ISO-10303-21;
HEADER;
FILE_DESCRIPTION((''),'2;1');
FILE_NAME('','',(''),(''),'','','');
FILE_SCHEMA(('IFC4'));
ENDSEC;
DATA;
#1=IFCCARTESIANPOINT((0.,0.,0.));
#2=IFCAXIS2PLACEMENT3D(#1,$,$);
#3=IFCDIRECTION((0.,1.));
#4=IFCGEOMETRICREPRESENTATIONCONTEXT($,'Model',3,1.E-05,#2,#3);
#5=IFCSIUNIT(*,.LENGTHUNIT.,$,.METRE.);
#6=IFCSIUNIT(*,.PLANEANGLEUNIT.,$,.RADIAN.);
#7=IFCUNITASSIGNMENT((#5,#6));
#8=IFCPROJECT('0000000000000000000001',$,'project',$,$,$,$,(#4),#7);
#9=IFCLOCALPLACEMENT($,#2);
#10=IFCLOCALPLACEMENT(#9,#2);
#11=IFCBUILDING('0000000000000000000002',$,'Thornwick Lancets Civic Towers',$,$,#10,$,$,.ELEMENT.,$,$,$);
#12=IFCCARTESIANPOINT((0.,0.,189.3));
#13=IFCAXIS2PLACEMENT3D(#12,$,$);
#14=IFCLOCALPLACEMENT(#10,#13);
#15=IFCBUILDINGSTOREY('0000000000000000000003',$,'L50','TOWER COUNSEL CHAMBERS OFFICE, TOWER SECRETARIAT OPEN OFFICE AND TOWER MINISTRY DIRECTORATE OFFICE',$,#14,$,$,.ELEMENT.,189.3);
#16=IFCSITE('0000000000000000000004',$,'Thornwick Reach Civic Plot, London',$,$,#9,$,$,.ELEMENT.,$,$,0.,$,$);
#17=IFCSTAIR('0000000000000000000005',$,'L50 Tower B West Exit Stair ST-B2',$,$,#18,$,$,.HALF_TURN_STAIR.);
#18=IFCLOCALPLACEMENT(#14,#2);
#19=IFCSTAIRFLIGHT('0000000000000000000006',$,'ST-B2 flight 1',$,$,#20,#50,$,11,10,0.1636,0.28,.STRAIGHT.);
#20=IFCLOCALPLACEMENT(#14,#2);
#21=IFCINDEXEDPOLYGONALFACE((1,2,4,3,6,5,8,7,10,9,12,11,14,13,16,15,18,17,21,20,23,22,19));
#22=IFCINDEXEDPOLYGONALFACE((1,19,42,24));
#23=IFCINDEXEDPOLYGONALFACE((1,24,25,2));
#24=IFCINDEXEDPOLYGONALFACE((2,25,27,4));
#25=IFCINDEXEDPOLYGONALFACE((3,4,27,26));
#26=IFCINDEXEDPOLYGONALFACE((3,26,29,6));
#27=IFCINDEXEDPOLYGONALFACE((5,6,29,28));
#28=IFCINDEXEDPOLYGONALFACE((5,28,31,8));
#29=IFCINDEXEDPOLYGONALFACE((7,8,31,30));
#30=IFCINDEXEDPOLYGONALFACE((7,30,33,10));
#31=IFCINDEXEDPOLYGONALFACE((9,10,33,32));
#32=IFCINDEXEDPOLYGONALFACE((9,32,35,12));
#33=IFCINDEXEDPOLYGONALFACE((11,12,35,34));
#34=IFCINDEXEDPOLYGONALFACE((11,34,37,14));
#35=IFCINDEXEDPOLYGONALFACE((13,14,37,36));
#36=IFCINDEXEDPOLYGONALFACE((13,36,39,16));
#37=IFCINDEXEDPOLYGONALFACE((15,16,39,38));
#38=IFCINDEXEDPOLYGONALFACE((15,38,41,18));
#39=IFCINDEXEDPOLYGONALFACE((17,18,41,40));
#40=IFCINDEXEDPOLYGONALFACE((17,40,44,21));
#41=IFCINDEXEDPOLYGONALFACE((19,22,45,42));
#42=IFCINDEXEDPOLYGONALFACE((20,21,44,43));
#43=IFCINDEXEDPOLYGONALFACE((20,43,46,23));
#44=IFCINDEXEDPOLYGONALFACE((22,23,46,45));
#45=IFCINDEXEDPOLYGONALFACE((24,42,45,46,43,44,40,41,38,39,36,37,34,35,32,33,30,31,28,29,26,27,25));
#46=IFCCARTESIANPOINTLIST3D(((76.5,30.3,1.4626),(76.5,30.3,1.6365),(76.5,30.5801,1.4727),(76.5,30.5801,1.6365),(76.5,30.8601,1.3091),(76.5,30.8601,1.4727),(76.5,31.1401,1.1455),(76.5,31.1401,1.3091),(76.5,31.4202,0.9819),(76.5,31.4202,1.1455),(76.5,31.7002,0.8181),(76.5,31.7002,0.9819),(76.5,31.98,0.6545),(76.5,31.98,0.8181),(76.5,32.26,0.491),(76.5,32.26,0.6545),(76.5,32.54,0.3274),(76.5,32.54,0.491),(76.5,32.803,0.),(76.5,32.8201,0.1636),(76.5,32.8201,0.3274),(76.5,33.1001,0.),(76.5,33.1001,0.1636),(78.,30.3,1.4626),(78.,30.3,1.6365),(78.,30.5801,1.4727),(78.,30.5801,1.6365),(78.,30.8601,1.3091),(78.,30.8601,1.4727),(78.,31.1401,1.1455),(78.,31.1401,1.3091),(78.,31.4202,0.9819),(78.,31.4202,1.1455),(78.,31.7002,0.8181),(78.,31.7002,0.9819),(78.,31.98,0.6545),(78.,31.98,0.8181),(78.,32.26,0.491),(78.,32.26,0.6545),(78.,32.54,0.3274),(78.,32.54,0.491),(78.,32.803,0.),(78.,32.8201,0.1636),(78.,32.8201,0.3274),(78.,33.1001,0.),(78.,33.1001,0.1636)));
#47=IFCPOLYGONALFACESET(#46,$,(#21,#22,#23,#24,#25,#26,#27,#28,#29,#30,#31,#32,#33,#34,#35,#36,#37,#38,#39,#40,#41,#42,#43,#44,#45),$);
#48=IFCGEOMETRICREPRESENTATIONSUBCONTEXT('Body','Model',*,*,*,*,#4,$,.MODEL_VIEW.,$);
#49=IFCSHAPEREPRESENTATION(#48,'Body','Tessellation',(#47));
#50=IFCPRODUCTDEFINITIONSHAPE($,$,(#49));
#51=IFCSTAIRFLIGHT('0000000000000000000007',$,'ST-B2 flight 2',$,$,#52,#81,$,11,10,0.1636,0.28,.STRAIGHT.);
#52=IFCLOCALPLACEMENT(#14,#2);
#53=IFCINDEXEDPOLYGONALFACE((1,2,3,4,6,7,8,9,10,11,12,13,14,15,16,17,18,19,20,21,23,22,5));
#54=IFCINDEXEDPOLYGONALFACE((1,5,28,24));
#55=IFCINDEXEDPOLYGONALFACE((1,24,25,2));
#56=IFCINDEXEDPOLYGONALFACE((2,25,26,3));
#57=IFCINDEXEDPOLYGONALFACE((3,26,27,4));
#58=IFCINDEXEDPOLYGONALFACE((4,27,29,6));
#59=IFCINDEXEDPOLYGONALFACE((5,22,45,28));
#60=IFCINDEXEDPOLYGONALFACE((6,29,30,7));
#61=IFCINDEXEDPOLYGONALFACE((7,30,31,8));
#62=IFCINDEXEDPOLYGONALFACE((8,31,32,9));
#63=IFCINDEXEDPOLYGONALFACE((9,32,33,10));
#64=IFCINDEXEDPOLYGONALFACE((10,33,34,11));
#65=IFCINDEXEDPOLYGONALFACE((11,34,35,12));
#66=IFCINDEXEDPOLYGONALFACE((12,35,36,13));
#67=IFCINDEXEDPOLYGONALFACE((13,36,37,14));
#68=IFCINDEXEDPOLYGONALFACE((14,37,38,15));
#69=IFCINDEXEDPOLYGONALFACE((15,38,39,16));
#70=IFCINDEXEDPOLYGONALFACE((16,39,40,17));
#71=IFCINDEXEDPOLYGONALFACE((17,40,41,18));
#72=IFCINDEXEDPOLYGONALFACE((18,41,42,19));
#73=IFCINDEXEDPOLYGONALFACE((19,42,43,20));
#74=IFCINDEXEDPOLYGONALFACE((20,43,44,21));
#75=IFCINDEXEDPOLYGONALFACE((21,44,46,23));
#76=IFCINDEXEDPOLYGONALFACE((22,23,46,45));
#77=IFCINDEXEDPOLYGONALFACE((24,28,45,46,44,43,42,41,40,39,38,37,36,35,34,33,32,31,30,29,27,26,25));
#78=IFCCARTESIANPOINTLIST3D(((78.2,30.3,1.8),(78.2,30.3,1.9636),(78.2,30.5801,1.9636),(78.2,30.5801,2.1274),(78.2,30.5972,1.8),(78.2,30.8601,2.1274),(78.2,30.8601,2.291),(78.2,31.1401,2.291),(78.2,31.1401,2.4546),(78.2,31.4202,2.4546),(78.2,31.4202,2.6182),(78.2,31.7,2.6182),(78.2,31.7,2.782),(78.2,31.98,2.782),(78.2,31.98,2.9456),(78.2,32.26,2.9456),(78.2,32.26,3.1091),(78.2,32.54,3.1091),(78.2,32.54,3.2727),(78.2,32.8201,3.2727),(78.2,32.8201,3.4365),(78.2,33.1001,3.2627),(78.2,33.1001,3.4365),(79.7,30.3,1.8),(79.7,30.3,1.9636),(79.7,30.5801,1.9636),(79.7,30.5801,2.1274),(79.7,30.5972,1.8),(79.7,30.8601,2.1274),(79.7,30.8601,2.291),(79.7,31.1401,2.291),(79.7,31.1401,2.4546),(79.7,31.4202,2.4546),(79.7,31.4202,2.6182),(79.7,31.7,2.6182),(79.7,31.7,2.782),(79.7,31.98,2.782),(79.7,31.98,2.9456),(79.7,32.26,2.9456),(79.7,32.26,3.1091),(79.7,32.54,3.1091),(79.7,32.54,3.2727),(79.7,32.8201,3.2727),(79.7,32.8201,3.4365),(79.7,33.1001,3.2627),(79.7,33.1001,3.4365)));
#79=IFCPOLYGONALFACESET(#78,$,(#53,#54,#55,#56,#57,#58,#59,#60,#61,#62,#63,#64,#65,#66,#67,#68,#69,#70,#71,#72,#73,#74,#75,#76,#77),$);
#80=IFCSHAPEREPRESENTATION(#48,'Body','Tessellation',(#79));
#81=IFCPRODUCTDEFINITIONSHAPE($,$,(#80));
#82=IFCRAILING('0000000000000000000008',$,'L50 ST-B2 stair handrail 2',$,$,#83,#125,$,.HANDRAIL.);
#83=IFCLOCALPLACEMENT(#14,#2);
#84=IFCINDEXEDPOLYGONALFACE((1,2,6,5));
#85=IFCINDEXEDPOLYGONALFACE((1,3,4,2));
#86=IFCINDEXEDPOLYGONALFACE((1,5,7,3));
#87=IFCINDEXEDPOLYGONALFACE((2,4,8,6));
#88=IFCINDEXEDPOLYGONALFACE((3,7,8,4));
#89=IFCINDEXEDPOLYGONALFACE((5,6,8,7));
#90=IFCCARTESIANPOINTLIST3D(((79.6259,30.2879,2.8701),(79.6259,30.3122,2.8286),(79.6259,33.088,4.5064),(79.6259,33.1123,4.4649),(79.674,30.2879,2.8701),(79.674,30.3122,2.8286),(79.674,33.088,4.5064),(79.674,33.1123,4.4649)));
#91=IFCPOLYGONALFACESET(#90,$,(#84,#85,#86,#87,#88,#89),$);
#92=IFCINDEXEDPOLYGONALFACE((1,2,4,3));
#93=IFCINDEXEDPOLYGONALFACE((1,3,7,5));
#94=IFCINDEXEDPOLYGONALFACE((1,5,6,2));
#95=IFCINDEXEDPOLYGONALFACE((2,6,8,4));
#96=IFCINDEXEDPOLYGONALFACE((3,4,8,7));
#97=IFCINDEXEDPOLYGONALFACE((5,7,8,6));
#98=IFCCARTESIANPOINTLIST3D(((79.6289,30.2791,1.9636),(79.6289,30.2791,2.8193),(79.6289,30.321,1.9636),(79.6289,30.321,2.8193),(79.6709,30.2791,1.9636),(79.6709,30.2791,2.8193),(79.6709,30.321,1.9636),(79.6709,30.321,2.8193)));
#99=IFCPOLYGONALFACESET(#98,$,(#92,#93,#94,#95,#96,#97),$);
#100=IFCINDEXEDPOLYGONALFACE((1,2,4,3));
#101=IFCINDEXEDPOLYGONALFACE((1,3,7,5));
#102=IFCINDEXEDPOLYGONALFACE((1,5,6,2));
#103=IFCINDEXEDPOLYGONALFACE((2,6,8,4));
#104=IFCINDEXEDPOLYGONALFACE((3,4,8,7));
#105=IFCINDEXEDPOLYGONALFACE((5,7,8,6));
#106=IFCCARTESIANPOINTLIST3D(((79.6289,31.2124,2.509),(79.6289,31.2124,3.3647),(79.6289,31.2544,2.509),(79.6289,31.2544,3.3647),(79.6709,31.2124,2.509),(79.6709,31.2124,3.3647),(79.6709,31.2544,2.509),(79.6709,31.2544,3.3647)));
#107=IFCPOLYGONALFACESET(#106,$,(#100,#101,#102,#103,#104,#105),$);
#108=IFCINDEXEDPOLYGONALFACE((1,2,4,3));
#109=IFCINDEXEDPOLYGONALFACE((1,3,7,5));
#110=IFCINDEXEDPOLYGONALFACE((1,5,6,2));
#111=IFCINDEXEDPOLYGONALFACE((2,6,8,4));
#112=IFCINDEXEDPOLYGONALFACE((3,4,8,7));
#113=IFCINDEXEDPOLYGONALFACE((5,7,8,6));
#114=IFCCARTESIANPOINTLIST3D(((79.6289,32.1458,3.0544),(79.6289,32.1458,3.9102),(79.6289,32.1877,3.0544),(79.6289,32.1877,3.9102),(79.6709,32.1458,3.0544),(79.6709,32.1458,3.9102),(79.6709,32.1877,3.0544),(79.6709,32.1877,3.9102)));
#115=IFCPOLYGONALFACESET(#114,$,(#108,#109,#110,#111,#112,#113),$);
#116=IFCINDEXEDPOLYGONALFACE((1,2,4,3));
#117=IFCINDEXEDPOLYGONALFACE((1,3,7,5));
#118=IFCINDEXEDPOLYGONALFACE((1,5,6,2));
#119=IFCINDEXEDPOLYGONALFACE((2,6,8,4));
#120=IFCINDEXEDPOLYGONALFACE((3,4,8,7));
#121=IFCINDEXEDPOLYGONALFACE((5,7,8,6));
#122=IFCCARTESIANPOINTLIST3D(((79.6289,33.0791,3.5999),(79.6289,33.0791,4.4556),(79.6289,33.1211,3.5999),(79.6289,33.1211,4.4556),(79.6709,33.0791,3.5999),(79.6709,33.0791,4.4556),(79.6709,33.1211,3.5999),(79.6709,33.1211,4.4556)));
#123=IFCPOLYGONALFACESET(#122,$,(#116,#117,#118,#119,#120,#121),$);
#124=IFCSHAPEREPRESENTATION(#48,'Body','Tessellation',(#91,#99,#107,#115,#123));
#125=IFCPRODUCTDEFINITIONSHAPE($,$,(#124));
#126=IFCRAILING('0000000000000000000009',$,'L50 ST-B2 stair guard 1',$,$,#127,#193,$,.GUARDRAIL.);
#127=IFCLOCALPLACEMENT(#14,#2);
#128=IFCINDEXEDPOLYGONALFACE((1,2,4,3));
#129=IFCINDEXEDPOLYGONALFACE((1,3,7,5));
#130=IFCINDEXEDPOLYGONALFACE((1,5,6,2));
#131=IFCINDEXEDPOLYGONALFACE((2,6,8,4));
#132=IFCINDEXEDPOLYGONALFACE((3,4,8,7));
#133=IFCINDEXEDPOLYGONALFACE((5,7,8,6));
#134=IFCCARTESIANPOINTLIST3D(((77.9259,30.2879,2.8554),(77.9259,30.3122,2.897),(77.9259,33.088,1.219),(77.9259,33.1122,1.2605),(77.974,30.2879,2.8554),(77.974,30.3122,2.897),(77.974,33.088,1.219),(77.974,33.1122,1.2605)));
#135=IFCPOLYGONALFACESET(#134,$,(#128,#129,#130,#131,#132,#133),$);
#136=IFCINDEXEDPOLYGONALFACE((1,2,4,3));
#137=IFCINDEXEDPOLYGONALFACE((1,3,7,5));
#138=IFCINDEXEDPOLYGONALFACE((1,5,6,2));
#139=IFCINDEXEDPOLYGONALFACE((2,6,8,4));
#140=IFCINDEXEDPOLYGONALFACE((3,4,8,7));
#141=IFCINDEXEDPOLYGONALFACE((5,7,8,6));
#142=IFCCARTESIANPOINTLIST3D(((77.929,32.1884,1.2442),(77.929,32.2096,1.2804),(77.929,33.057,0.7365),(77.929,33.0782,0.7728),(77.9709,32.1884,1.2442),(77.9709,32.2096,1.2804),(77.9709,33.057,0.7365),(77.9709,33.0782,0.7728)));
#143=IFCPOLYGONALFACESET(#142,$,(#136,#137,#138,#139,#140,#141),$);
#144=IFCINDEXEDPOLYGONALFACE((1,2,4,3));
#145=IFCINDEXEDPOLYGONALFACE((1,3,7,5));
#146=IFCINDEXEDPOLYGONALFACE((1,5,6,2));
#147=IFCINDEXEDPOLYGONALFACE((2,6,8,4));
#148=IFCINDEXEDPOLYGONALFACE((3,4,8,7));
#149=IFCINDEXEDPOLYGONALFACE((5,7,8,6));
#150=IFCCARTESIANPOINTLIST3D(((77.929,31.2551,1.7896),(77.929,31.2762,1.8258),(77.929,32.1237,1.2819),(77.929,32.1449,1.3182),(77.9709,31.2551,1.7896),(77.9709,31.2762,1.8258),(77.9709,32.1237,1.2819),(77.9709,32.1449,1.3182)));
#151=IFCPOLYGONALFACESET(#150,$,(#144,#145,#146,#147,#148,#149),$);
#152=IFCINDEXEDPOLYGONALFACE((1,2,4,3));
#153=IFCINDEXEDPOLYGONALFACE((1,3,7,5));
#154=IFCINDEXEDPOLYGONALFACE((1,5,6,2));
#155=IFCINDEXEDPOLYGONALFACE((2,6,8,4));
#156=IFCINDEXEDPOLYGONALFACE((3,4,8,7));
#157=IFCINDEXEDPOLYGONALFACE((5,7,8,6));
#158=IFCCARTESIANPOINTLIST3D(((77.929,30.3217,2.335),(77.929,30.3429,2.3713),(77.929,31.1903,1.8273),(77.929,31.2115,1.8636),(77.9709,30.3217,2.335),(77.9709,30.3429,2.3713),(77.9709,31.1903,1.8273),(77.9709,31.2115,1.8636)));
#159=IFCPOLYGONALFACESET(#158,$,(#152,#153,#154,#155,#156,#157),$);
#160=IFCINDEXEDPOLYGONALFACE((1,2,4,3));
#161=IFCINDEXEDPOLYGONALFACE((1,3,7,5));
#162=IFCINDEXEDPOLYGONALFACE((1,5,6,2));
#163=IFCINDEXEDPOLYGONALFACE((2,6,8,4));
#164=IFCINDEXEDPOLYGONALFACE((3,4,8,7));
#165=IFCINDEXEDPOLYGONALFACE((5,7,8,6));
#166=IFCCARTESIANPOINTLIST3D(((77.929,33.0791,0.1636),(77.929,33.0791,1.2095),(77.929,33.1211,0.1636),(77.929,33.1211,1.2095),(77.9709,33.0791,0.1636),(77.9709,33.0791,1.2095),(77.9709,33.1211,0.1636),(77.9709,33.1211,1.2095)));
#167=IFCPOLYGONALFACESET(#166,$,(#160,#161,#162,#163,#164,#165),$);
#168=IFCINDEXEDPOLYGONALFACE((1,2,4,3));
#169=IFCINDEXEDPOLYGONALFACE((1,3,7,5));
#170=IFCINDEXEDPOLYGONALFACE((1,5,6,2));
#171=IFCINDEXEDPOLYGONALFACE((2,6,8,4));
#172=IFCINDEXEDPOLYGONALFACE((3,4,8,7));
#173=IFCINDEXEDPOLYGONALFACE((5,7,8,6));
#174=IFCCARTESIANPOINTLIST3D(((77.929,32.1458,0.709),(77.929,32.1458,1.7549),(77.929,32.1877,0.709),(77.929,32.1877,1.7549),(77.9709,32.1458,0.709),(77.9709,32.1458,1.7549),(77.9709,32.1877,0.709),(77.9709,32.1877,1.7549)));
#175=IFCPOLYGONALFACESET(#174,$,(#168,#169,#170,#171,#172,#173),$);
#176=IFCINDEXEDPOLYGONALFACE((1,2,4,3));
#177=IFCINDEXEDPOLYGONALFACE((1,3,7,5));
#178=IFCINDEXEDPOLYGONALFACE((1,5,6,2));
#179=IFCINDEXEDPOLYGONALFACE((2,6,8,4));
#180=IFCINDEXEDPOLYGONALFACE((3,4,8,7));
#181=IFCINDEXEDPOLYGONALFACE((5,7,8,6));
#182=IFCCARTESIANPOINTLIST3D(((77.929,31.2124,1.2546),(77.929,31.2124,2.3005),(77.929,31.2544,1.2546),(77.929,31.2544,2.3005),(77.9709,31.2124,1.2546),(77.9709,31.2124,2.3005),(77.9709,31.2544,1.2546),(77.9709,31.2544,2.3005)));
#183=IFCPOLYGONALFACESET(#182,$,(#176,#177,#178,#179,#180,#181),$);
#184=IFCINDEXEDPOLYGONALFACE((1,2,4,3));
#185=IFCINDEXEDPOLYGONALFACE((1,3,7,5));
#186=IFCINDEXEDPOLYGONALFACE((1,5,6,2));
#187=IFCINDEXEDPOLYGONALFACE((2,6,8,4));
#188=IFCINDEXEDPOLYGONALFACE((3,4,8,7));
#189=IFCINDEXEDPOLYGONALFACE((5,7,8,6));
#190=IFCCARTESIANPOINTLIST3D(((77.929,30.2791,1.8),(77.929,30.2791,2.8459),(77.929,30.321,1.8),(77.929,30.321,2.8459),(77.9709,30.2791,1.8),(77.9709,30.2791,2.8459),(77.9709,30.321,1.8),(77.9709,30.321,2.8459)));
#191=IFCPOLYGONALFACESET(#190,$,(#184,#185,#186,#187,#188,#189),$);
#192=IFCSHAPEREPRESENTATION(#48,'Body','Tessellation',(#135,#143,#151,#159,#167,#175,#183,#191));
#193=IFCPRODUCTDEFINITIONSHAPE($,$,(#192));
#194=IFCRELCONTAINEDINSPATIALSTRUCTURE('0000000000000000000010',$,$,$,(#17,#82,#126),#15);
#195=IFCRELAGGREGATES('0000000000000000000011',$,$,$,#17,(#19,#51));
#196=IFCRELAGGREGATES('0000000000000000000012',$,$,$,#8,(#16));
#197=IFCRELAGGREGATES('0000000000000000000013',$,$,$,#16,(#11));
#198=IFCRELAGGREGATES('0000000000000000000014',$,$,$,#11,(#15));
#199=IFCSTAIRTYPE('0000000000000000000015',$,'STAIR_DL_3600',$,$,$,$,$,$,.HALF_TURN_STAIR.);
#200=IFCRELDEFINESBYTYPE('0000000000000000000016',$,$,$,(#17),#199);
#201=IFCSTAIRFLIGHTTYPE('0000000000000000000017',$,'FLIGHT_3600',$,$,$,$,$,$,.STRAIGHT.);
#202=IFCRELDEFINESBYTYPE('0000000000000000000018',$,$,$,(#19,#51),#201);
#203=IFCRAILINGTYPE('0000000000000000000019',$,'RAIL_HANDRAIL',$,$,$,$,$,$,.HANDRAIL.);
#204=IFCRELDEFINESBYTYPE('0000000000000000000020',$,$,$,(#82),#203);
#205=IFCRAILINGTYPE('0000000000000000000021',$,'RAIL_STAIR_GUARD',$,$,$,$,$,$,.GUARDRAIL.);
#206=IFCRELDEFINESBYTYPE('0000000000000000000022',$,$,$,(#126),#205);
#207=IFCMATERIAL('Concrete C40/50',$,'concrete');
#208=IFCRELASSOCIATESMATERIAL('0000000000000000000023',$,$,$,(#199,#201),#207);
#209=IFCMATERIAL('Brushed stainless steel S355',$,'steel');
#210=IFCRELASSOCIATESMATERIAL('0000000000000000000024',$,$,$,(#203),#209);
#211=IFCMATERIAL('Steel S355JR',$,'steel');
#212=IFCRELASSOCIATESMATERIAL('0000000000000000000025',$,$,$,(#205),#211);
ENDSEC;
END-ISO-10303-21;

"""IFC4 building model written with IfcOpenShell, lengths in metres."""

from ifc_helpers import new_model, si_unit, direction, frame, origin, origin_2d, place, context, subcontext, project, spatial, polyline, rectangle, outline, extrude, material, type_object, element, aggregate, save


model = new_model("IFC4")

# Units and contexts
model_context = context("Model", 3, precision=1e-05, world=origin(), true_north=direction((0.0, 1.0)))
body_context = subcontext(model_context, "Body", "Model", "MODEL_VIEW")
ifc_project = project(units=[si_unit("LENGTHUNIT", "METRE"), si_unit("PLANEANGLEUNIT", "RADIAN")], contexts=[model_context])

# Site, building, storey
site_placement = place(None, origin())
site = spatial("IfcSite", under=ifc_project, at=site_placement, Name="Thornwick Reach Civic Plot, London", CompositionType="ELEMENT", RefElevation=0.0)
building_placement = place(site_placement, origin())
building = spatial("IfcBuilding", under=site, at=building_placement, Name="Thornwick Lancets Civic Towers", CompositionType="ELEMENT")
storey_placement = place(building_placement, frame((0.0, 0.0, 189.3)))
storey = spatial("IfcBuildingStorey", under=building, at=storey_placement, Name="L50", Description="TOWER COUNSEL CHAMBERS OFFICE, TOWER SECRETARIAT OPEN OFFICE AND TOWER MINISTRY DIRECTORATE OFFICE", CompositionType="ELEMENT", Elevation=189.3)

# Shared definitions
ifc_material_1 = material(Name="Concrete C40/50", Category="concrete")

# Stair, stair flights
stair_type = type_object("IfcStairType", Name="STAIR_DL_3600", PredefinedType="HALF_TURN_STAIR", material=ifc_material_1)
stair_placement = place(storey_placement, origin())
stair = element("IfcStair", 1, at=stair_placement, inside=storey, type_object=stair_type, Name="L50 Tower B West Exit Stair ST-B2", PredefinedType="HALF_TURN_STAIR")
stair_flight_type = type_object("IfcStairFlightType", Name="FLIGHT_3600", PredefinedType="STRAIGHT", material=ifc_material_1)
stair_flight_1_placement = place(storey_placement, frame((77.25, 33.1001, 0.0), z_axis=(0.0, 0.0, 1.0), x_axis=(0.0, -1.0, 0.0)))
stair_flight_1 = element("IfcStairFlight", 2, at=stair_flight_1_placement, type_object=stair_flight_type, Name="ST-B2 flight 1", NumberOfRisers=11, NumberOfTreads=10, PredefinedType="STRAIGHT", RiserHeight=0.1636, TreadLength=0.28, context=body_context, shape_type="SweptSolid", body=[
    extrude(outline(polyline([(0.0, 0.0), (0.0, 0.1636), (0.28, 0.1636), (0.28, 0.3274), (0.5601, 0.3274), (0.5601, 0.491), (0.8401, 0.491), (0.8401, 0.6545), (1.1201, 0.6545), (1.1201, 0.8181), (1.3999, 0.8181), (1.3999, 0.9819), (1.6799, 0.9819), (1.6799, 1.1455), (1.96, 1.1455), (1.96, 1.3091), (2.24, 1.3091), (2.24, 1.4727), (2.52, 1.4727), (2.52, 1.6365), (2.8, 1.6365), (2.8, 1.8), (2.8, 1.4626), (0.2971, 0.0), (0.0, 0.0)])), frame((0.0, 0.75, 0.0), z_axis=(0.0, -1.0, 0.0), x_axis=(1.0, 0.0, 0.0)), (0.0, 0.0, 1.0), 1.5),
])
stair_flight_2_placement = place(storey_placement, frame((78.95, 30.3, 1.8), z_axis=(0.0, 0.0, 1.0), x_axis=(0.0, 1.0, 0.0)))
stair_flight_2 = element("IfcStairFlight", 3, at=stair_flight_2_placement, type_object=stair_flight_type, Name="ST-B2 flight 2", NumberOfRisers=11, NumberOfTreads=10, PredefinedType="STRAIGHT", RiserHeight=0.1636, TreadLength=0.28, context=body_context, shape_type="SweptSolid", body=[
    extrude(outline(polyline([(0.0, 0.0), (0.0, 0.1636), (0.28, 0.1636), (0.28, 0.3274), (0.5601, 0.3274), (0.5601, 0.491), (0.8401, 0.491), (0.8401, 0.6545), (1.1201, 0.6545), (1.1201, 0.8181), (1.3999, 0.8181), (1.3999, 0.9819), (1.6799, 0.9819), (1.6799, 1.1455), (1.96, 1.1455), (1.96, 1.3091), (2.24, 1.3091), (2.24, 1.4727), (2.52, 1.4727), (2.52, 1.6365), (2.8, 1.6365), (2.8, 1.8), (2.8, 1.4626), (0.2971, 0.0), (0.0, 0.0)])), frame((0.0, 0.75, 0.0), z_axis=(0.0, -1.0, 0.0), x_axis=(1.0, 0.0, 0.0)), (0.0, 0.0, 1.0), 1.5),
])
aggregate(stair, [stair_flight_1, stair_flight_2])

# Railings
ifc_material_2 = material(Name="Brushed stainless steel S355", Category="steel")
railing_type_1 = type_object("IfcRailingType", Name="RAIL_HANDRAIL", PredefinedType="HANDRAIL", material=ifc_material_2)
railing_1_placement = place(storey_placement, frame((79.6499, 30.3, 1.9636)))
element("IfcRailing", 4, at=railing_1_placement, inside=storey, type_object=railing_type_1, Name="L50 ST-B2 stair handrail 2", PredefinedType="HANDRAIL", context=body_context, shape_type="SweptSolid", body=[
    extrude(rectangle(XDim=0.0481, YDim=0.0481, at=origin_2d()), frame((0.0, 0.0, 0.8857), z_axis=(0.0, 0.863394, 0.504531), x_axis=(-1.0, 0.0, 0.0)), (0.0, 0.0, 1.0), 3.2432),
    extrude(rectangle(XDim=0.042, YDim=0.042, at=origin_2d()), origin(), (0.0, 0.0, 1.0), 0.8557),
    extrude(rectangle(XDim=0.042, YDim=0.042, at=origin_2d()), frame((0.0, 0.9333, 0.5454)), (0.0, 0.0, 1.0), 0.8557),
    extrude(rectangle(XDim=0.042, YDim=0.042, at=origin_2d()), frame((0.0, 1.8667, 1.0908)), (0.0, 0.0, 1.0), 0.8557),
    extrude(rectangle(XDim=0.042, YDim=0.042, at=origin_2d()), frame((0.0, 2.8, 1.6362)), (0.0, 0.0, 1.0), 0.8557),
])
ifc_material_3 = material(Name="Steel S355JR", Category="steel")
railing_type_2 = type_object("IfcRailingType", Name="RAIL_STAIR_GUARD", PredefinedType="GUARDRAIL", material=ifc_material_3)
railing_2_placement = place(storey_placement, frame((77.95, 33.1001, 0.1636)))
element("IfcRailing", 5, at=railing_2_placement, inside=storey, type_object=railing_type_2, Name="L50 ST-B2 stair guard 1", PredefinedType="GUARDRAIL", context=body_context, shape_type="SweptSolid", body=[
    extrude(rectangle(XDim=0.0481, YDim=0.0481, at=origin_2d()), frame((0.0, 0.0, 1.0762), z_axis=(0.0, -0.863361, 0.504587), x_axis=(1.0, 0.0, 0.0)), (0.0, 0.0, 1.0), 3.2432),
    extrude(rectangle(XDim=0.042, YDim=0.042, at=origin_2d()), frame((0.0, -0.0325, 0.5911), z_axis=(0.0, -0.863361, 0.504587), x_axis=(1.0, 0.0, 0.0)), (0.0, 0.0, 1.0), 1.0061),
    extrude(rectangle(XDim=0.042, YDim=0.042, at=origin_2d()), frame((0.0, -0.9658, 1.1365), z_axis=(0.0, -0.863361, 0.504587), x_axis=(1.0, 0.0, 0.0)), (0.0, 0.0, 1.0), 1.0061),
    extrude(rectangle(XDim=0.042, YDim=0.042, at=origin_2d()), frame((0.0, -1.8992, 1.6819), z_axis=(0.0, -0.863361, 0.504587), x_axis=(1.0, 0.0, 0.0)), (0.0, 0.0, 1.0), 1.0061),
    extrude(rectangle(XDim=0.042, YDim=0.042, at=origin_2d()), origin(), (0.0, 0.0, 1.0), 1.0459),
    extrude(rectangle(XDim=0.042, YDim=0.042, at=origin_2d()), frame((0.0, -0.9333, 0.5454)), (0.0, 0.0, 1.0), 1.0459),
    extrude(rectangle(XDim=0.042, YDim=0.042, at=origin_2d()), frame((0.0, -1.8667, 1.0911)), (0.0, 0.0, 1.0), 1.0459),
    extrude(rectangle(XDim=0.042, YDim=0.042, at=origin_2d()), frame((0.0, -2.8, 1.6365)), (0.0, 0.0, 1.0), 1.0459),
])

save(model, "model.ifc")
